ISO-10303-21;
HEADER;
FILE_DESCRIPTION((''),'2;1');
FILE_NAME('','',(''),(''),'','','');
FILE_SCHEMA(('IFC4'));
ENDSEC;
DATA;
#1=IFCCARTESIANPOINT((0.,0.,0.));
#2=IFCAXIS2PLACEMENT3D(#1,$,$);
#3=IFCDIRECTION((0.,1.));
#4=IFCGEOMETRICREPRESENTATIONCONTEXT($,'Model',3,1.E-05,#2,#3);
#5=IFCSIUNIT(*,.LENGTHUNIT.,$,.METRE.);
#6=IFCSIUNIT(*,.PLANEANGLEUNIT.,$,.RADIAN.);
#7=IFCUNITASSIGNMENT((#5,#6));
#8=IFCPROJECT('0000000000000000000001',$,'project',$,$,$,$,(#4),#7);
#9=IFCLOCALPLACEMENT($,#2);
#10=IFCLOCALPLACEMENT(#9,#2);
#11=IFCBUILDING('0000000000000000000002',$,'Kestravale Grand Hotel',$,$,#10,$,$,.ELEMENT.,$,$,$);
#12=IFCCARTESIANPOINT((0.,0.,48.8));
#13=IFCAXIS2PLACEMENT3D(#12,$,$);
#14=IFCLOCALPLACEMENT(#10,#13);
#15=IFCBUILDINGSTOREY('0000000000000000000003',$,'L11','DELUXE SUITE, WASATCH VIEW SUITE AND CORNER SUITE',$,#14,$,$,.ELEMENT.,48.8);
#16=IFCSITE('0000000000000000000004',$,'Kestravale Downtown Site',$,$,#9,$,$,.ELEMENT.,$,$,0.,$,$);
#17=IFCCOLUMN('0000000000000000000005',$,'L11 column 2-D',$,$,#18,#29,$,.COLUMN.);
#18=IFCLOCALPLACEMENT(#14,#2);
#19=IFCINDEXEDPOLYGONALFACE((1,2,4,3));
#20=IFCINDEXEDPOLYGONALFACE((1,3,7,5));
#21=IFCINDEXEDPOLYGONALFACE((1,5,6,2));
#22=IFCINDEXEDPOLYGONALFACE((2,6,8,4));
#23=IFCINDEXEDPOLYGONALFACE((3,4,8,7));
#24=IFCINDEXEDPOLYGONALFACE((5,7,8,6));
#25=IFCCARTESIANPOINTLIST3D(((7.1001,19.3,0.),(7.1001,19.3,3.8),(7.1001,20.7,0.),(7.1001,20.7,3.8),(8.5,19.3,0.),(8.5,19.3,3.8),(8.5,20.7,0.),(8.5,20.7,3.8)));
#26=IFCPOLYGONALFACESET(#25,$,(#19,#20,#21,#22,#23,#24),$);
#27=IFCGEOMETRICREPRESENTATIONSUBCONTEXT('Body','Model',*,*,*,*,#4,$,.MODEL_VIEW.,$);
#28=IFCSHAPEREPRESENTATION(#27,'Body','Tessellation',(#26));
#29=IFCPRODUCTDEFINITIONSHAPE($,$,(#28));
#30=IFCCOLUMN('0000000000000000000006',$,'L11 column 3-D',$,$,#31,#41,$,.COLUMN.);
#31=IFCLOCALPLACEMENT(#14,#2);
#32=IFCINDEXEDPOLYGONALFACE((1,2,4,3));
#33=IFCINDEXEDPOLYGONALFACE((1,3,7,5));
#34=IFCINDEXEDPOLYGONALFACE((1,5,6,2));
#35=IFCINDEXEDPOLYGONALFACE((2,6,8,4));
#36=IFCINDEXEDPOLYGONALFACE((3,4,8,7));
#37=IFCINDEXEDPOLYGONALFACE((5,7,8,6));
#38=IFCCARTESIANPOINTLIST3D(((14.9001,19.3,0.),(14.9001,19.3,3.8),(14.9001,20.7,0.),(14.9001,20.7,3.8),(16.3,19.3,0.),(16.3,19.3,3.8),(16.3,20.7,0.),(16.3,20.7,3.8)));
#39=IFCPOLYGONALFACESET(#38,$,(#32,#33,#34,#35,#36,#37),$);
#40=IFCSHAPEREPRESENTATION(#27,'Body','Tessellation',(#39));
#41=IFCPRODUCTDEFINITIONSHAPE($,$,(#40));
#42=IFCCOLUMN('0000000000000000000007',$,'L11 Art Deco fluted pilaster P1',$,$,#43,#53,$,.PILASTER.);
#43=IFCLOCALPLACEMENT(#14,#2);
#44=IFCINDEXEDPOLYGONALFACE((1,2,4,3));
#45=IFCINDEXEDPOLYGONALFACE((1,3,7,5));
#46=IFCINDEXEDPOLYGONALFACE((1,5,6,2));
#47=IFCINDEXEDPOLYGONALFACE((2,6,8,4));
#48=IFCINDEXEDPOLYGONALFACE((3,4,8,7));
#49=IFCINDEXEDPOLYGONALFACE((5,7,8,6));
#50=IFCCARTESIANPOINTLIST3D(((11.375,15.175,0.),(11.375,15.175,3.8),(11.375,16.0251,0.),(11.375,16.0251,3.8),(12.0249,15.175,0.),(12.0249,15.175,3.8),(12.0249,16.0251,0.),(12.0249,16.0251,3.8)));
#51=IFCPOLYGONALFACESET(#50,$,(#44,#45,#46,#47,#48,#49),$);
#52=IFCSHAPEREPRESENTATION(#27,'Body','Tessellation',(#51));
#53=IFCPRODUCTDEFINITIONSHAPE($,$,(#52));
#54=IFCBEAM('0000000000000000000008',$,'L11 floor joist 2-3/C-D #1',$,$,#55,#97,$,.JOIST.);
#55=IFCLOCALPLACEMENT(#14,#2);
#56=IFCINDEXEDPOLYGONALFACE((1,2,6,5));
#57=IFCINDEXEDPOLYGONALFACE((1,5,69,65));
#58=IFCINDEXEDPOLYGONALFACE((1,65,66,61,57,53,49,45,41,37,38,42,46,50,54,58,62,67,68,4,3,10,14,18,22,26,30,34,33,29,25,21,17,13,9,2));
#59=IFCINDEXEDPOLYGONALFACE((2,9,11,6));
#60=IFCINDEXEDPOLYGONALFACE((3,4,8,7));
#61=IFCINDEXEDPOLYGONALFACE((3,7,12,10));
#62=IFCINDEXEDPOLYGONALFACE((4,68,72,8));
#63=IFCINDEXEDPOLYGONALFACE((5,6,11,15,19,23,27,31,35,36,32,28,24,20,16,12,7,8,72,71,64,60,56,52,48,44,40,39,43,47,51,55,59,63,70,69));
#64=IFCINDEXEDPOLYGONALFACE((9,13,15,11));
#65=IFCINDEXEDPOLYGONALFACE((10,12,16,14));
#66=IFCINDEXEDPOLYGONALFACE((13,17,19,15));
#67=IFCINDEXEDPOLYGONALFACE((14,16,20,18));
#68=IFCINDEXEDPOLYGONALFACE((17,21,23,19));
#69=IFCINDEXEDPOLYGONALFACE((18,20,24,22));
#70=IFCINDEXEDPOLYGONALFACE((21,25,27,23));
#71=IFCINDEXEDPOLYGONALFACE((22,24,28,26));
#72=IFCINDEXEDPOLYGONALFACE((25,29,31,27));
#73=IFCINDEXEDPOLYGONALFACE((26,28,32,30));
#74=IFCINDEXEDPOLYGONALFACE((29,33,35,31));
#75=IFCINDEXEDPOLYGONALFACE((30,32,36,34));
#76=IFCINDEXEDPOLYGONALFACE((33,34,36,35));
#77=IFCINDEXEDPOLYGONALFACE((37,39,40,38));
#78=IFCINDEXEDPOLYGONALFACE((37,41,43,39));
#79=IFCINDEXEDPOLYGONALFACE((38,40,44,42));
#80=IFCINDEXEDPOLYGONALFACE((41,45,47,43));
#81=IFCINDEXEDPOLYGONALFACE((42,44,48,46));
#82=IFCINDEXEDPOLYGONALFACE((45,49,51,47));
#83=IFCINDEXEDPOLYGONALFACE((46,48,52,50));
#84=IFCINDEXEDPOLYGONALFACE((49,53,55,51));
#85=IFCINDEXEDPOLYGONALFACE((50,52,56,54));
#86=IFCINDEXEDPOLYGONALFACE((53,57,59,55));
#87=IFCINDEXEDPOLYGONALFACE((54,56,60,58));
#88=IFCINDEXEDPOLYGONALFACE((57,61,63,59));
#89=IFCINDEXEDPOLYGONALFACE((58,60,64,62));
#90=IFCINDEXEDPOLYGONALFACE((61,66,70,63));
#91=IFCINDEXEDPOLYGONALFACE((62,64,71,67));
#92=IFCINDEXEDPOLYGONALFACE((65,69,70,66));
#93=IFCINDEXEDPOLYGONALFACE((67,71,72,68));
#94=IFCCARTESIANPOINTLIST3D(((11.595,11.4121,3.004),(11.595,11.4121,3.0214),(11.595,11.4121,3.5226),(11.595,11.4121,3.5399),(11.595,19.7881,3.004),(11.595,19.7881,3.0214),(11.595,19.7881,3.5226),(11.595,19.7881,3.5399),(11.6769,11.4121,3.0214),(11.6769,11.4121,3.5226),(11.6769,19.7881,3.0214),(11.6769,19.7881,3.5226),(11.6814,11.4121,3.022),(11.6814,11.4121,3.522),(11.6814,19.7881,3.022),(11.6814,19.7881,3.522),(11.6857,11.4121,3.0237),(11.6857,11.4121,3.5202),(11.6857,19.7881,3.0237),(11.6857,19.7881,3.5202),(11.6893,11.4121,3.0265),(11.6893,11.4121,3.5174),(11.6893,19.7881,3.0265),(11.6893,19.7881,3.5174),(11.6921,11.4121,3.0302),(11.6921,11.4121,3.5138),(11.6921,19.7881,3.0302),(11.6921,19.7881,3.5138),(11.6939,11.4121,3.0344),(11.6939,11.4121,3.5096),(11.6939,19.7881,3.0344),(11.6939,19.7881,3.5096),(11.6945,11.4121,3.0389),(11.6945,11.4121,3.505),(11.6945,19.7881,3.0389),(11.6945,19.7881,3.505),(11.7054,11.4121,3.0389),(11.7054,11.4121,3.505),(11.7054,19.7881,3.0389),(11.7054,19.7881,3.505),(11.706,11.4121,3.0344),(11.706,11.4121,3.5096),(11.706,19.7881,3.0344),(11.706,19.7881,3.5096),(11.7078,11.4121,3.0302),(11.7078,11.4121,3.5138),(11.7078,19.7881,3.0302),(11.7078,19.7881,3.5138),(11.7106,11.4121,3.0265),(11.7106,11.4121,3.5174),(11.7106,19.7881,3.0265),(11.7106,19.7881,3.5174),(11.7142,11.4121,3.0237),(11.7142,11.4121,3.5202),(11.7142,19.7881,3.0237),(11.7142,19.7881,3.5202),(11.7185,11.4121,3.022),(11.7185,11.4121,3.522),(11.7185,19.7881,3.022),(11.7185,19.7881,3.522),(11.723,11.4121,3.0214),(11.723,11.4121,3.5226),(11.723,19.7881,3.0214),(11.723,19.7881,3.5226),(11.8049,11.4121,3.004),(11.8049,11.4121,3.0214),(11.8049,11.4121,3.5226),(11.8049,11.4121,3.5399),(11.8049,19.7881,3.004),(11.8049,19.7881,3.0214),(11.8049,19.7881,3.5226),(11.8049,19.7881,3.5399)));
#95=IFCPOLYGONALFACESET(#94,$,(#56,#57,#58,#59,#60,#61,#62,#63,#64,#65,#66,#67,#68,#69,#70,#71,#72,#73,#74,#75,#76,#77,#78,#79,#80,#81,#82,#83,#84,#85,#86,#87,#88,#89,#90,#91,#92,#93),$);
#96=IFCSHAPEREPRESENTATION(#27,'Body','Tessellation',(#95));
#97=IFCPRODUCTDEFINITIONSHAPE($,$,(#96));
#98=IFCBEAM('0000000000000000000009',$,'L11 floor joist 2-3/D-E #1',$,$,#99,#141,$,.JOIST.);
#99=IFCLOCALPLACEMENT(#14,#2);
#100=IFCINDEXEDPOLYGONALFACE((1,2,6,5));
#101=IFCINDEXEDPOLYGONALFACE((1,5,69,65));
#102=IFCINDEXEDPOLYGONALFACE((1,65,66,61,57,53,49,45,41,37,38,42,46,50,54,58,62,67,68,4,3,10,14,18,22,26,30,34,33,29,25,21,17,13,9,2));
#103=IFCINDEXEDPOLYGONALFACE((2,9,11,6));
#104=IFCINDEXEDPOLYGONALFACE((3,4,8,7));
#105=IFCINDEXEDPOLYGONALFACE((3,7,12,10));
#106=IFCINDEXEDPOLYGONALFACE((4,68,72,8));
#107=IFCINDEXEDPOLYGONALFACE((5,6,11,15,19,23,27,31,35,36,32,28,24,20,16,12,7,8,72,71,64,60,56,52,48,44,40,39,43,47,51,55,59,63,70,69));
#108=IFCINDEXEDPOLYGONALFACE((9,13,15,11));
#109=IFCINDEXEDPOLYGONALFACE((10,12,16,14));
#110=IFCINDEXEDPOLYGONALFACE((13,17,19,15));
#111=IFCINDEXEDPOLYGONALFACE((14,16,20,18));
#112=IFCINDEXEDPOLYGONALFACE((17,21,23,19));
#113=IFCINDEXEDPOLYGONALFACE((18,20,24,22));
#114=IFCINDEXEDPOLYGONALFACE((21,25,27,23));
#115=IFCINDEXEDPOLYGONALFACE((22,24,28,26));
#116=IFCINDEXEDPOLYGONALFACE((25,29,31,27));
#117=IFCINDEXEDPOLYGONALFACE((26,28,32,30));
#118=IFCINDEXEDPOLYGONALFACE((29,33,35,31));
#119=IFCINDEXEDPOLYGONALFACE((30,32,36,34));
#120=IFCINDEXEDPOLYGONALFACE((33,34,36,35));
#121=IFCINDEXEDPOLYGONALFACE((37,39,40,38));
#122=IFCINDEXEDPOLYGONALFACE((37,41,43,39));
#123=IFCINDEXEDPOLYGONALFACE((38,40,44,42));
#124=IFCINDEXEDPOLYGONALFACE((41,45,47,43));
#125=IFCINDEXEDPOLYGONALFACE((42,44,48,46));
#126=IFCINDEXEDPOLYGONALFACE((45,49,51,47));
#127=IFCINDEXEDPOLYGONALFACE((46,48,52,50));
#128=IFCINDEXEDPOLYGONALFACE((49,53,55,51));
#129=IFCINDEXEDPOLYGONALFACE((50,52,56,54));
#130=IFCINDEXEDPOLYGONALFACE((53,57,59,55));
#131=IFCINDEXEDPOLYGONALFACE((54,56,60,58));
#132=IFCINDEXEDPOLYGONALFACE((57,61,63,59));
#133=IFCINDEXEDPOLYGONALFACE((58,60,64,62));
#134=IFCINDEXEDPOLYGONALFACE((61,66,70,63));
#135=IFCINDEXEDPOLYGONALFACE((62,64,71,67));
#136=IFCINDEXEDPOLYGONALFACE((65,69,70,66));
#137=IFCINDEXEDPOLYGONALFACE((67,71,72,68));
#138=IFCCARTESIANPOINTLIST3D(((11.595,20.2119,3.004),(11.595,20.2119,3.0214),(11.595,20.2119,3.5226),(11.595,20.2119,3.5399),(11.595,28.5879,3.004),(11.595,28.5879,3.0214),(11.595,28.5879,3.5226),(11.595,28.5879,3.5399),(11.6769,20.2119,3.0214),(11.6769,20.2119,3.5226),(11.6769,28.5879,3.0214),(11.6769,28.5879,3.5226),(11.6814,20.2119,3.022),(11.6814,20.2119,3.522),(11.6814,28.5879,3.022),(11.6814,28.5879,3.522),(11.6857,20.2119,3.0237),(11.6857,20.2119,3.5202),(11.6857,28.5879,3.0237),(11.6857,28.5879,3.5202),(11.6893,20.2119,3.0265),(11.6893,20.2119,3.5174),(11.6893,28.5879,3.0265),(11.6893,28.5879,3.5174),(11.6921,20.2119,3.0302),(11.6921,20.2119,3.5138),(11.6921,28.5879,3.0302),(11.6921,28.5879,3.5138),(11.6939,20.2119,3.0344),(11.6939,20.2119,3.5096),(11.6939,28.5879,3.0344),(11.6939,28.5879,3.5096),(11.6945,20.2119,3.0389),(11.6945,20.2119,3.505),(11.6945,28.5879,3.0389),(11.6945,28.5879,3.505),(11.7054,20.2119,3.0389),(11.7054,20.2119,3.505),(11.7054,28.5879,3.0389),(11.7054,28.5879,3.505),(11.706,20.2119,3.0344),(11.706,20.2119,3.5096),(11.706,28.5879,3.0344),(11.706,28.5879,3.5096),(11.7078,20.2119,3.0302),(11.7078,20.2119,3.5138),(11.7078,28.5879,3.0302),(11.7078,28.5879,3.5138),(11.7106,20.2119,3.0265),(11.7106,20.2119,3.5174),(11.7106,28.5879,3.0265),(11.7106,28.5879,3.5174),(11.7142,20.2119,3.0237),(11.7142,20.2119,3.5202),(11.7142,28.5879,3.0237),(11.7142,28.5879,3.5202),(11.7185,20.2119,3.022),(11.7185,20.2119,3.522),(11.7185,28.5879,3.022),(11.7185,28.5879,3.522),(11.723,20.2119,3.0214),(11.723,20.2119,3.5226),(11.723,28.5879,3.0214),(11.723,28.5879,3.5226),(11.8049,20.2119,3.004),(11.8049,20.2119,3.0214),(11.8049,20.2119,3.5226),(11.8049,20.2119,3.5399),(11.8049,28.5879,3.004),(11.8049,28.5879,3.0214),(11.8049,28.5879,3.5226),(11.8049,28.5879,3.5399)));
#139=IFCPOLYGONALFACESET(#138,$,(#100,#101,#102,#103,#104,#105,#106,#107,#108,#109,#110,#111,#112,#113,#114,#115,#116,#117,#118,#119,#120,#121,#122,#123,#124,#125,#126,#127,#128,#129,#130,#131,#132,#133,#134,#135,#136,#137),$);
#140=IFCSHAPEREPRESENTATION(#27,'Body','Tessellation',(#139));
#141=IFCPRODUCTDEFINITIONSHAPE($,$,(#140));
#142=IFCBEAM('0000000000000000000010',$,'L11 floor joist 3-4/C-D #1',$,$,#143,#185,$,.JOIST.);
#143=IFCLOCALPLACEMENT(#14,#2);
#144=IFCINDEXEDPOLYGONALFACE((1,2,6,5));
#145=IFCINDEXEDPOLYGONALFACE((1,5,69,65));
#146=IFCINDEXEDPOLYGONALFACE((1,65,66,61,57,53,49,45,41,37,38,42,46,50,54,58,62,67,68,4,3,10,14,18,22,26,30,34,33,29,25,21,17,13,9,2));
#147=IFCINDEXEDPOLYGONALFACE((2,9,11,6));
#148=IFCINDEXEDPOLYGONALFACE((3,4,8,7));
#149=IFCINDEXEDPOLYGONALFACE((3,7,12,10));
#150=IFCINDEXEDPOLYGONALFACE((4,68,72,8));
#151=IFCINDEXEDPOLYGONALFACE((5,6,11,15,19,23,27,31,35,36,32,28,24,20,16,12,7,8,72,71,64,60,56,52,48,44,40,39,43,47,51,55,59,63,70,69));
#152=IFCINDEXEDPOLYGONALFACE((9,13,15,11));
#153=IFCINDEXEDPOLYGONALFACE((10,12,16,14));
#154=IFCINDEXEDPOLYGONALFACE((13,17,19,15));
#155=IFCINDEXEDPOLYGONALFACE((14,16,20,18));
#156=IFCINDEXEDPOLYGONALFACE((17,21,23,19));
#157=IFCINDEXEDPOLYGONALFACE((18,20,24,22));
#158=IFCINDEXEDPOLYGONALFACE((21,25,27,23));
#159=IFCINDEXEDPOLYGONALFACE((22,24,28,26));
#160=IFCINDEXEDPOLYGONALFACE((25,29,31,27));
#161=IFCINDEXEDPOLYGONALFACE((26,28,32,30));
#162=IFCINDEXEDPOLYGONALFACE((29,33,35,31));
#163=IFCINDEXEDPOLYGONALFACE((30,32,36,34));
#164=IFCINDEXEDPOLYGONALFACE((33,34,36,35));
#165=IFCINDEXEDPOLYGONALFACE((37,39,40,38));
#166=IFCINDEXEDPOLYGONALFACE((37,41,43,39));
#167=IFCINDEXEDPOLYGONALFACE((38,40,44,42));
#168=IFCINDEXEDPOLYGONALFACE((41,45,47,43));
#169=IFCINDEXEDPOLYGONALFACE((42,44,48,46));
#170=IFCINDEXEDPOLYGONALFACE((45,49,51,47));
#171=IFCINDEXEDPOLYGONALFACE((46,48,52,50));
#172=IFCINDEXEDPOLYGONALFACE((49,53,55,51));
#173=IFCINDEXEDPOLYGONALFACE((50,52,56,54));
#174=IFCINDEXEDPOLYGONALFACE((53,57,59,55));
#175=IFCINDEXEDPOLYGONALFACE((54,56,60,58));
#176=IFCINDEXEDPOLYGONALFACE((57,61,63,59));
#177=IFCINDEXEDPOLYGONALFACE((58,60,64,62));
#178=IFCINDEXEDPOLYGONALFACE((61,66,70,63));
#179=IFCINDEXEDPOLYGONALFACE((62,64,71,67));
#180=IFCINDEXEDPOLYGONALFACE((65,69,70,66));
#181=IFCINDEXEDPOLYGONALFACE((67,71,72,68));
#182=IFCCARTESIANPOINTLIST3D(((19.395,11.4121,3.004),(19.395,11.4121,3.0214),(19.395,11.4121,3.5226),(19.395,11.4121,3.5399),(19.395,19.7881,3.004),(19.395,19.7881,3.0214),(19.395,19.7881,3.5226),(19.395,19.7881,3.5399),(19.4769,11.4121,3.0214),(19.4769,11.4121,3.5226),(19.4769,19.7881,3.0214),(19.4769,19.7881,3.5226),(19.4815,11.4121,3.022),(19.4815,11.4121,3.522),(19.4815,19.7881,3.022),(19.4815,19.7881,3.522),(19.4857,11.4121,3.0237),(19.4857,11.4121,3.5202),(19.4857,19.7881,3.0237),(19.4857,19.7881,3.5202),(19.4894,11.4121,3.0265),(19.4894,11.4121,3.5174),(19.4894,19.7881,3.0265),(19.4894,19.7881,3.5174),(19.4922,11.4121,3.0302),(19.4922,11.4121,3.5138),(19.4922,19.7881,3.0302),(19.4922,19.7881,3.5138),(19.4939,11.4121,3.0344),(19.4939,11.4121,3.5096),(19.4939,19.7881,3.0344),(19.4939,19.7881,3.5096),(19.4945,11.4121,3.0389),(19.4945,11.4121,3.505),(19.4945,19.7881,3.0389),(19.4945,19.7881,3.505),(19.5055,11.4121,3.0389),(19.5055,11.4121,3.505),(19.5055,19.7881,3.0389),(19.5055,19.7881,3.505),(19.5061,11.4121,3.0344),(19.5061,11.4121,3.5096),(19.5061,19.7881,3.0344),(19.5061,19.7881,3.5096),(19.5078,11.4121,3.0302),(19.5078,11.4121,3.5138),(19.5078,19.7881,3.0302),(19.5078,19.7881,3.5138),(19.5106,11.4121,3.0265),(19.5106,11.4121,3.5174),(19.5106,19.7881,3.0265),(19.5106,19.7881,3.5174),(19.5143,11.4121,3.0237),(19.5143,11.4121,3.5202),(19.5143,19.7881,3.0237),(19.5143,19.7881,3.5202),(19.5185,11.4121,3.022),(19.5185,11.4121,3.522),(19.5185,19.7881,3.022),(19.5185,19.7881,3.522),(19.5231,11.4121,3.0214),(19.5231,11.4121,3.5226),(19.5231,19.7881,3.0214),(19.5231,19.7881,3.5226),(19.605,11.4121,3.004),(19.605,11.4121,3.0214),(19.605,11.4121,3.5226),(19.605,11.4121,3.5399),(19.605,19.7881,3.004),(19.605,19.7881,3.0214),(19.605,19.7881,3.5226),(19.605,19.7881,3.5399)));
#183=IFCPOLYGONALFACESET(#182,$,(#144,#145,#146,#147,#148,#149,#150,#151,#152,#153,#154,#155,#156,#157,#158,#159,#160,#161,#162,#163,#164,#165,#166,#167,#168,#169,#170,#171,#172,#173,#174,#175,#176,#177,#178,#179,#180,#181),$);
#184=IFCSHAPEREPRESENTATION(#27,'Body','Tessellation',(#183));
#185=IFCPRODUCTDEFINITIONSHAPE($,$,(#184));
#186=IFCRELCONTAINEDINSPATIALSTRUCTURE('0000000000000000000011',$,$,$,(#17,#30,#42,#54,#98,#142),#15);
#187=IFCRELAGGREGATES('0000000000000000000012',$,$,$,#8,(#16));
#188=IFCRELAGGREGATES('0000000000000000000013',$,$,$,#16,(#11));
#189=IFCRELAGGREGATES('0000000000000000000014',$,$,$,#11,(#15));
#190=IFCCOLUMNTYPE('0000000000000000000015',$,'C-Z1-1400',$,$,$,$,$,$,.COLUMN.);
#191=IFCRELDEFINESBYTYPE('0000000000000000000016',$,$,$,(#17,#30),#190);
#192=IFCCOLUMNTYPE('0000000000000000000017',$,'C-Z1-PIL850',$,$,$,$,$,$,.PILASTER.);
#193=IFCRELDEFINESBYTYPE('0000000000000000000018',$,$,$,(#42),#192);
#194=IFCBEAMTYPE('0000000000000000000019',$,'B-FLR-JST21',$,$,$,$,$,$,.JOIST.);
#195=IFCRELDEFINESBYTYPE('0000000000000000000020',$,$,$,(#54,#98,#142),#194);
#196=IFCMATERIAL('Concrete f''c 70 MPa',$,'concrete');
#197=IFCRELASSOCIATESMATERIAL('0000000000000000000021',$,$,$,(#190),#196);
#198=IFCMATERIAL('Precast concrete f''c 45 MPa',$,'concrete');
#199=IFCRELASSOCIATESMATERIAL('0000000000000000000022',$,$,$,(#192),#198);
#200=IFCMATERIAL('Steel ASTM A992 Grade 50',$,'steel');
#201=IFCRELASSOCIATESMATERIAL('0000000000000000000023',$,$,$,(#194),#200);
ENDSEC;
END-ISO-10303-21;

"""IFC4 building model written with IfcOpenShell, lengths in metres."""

from ifc_helpers import new_model, si_unit, direction, frame, origin, origin_2d, place, context, subcontext, project, spatial, rectangle, i_section, extrude, material, material_profile, profile_set, type_object, element, save


model = new_model("IFC4")

# Units and contexts
model_context = context("Model", 3, precision=1e-05, world=origin(), true_north=direction((0.0, 1.0)))
body_context = subcontext(model_context, "Body", "Model", "MODEL_VIEW")
ifc_project = project(units=[si_unit("LENGTHUNIT", "METRE"), si_unit("PLANEANGLEUNIT", "RADIAN")], contexts=[model_context])

# Site, building, storey
site_placement = place(None, origin())
site = spatial("IfcSite", under=ifc_project, at=site_placement, Name="Kestravale Downtown Site", CompositionType="ELEMENT", RefElevation=0.0)
building_placement = place(site_placement, origin())
building = spatial("IfcBuilding", under=site, at=building_placement, Name="Kestravale Grand Hotel", CompositionType="ELEMENT")
storey_placement = place(building_placement, frame((0.0, 0.0, 48.8)))
storey = spatial("IfcBuildingStorey", under=building, at=storey_placement, Name="L11", Description="DELUXE SUITE, WASATCH VIEW SUITE AND CORNER SUITE", CompositionType="ELEMENT", Elevation=48.8)

# Columns
ifc_material_1 = material(Name="Concrete f'c 70 MPa", Category="concrete")
ifc_material_profile_1 = material_profile(ifc_material_1, rectangle(XDim=1.3999, YDim=1.3999, at=origin_2d()))
ifc_profile_set_1 = profile_set([ifc_material_profile_1], Name="Concrete f'c 70 MPa")
column_type_1 = type_object("IfcColumnType", Name="C-Z1-1400", PredefinedType="COLUMN", material=ifc_profile_set_1)
for number, where, z_axis, x_axis, name in (
    (1, (7.8, 20.0, 0.0), (0.0, 0.0, 1.0), (1.0, 0.0, 0.0), "L11 column 2-D"),
    (2, (15.6001, 20.0, 0.0), (0.0, 0.0, 1.0), (1.0, 0.0, 0.0), "L11 column 3-D"),
):
    element("IfcColumn", number, at=place(storey_placement, frame(where, z_axis=z_axis, x_axis=x_axis)), inside=storey, type_object=column_type_1, Name=name, PredefinedType="COLUMN", context=body_context, shape_type="SweptSolid", body=[
        extrude(rectangle(XDim=1.3999, YDim=1.3999, at=origin_2d()), origin(), (0.0, 0.0, 1.0), 3.8),
    ])
ifc_material_2 = material(Name="Precast concrete f'c 45 MPa", Category="concrete")
ifc_material_profile_2 = material_profile(ifc_material_2, rectangle(XDim=0.6499, YDim=0.8501, at=origin_2d()))
ifc_profile_set_2 = profile_set([ifc_material_profile_2], Name="Precast concrete f'c 45 MPa")
column_type_2 = type_object("IfcColumnType", Name="C-Z1-PIL850", PredefinedType="PILASTER", material=ifc_profile_set_2)
column_placement = place(storey_placement, frame((11.7, 15.6001, 0.0), z_axis=(0.0, 0.0, 1.0), x_axis=(1.0, 0.0, 0.0)))
element("IfcColumn", 3, at=column_placement, inside=storey, type_object=column_type_2, Name="L11 Art Deco fluted pilaster P1", PredefinedType="PILASTER", context=body_context, shape_type="SweptSolid", body=[
    extrude(rectangle(XDim=0.6499, YDim=0.8501, at=origin_2d()), origin(), (0.0, 0.0, 1.0), 3.8),
])

# Beams
ifc_material_3 = material(Name="Steel ASTM A992 Grade 50", Category="steel")
ifc_material_profile_3 = material_profile(ifc_material_3, i_section(OverallWidth=0.21, OverallDepth=0.5359, WebThickness=0.011, FlangeThickness=0.0173, FilletRadius=0.0176, at=origin_2d()))
ifc_profile_set_3 = profile_set([ifc_material_profile_3], Name="Steel ASTM A992 Grade 50")
beam_type_1 = type_object("IfcBeamType", Name="B-FLR-JST21", PredefinedType="JOIST", material=ifc_profile_set_3)
for number, where, z_axis, x_axis, name in (
    (4, (11.7, 11.4121, 3.272), (0.0, 1.0, 0.0), (-1.0, 0.0, 0.0), "L11 floor joist 2-3/C-D #1"),
    (5, (11.7, 20.2119, 3.272), (0.0, 1.0, 0.0), (-1.0, 0.0, 0.0), "L11 floor joist 2-3/D-E #1"),
    (6, (19.5, 11.4121, 3.272), (0.0, 1.0, 0.0), (-1.0, 0.0, 0.0), "L11 floor joist 3-4/C-D #1"),
):
    element("IfcBeam", number, at=place(storey_placement, frame(where, z_axis=z_axis, x_axis=x_axis)), inside=storey, type_object=beam_type_1, Name=name, PredefinedType="JOIST", context=body_context, shape_type="SweptSolid", body=[
        extrude(i_section(OverallWidth=0.21, OverallDepth=0.5359, WebThickness=0.011, FlangeThickness=0.0173, FilletRadius=0.0176, at=origin_2d()), origin(), (0.0, 0.0, 1.0), 8.376),
    ])

save(model, "model.ifc")
